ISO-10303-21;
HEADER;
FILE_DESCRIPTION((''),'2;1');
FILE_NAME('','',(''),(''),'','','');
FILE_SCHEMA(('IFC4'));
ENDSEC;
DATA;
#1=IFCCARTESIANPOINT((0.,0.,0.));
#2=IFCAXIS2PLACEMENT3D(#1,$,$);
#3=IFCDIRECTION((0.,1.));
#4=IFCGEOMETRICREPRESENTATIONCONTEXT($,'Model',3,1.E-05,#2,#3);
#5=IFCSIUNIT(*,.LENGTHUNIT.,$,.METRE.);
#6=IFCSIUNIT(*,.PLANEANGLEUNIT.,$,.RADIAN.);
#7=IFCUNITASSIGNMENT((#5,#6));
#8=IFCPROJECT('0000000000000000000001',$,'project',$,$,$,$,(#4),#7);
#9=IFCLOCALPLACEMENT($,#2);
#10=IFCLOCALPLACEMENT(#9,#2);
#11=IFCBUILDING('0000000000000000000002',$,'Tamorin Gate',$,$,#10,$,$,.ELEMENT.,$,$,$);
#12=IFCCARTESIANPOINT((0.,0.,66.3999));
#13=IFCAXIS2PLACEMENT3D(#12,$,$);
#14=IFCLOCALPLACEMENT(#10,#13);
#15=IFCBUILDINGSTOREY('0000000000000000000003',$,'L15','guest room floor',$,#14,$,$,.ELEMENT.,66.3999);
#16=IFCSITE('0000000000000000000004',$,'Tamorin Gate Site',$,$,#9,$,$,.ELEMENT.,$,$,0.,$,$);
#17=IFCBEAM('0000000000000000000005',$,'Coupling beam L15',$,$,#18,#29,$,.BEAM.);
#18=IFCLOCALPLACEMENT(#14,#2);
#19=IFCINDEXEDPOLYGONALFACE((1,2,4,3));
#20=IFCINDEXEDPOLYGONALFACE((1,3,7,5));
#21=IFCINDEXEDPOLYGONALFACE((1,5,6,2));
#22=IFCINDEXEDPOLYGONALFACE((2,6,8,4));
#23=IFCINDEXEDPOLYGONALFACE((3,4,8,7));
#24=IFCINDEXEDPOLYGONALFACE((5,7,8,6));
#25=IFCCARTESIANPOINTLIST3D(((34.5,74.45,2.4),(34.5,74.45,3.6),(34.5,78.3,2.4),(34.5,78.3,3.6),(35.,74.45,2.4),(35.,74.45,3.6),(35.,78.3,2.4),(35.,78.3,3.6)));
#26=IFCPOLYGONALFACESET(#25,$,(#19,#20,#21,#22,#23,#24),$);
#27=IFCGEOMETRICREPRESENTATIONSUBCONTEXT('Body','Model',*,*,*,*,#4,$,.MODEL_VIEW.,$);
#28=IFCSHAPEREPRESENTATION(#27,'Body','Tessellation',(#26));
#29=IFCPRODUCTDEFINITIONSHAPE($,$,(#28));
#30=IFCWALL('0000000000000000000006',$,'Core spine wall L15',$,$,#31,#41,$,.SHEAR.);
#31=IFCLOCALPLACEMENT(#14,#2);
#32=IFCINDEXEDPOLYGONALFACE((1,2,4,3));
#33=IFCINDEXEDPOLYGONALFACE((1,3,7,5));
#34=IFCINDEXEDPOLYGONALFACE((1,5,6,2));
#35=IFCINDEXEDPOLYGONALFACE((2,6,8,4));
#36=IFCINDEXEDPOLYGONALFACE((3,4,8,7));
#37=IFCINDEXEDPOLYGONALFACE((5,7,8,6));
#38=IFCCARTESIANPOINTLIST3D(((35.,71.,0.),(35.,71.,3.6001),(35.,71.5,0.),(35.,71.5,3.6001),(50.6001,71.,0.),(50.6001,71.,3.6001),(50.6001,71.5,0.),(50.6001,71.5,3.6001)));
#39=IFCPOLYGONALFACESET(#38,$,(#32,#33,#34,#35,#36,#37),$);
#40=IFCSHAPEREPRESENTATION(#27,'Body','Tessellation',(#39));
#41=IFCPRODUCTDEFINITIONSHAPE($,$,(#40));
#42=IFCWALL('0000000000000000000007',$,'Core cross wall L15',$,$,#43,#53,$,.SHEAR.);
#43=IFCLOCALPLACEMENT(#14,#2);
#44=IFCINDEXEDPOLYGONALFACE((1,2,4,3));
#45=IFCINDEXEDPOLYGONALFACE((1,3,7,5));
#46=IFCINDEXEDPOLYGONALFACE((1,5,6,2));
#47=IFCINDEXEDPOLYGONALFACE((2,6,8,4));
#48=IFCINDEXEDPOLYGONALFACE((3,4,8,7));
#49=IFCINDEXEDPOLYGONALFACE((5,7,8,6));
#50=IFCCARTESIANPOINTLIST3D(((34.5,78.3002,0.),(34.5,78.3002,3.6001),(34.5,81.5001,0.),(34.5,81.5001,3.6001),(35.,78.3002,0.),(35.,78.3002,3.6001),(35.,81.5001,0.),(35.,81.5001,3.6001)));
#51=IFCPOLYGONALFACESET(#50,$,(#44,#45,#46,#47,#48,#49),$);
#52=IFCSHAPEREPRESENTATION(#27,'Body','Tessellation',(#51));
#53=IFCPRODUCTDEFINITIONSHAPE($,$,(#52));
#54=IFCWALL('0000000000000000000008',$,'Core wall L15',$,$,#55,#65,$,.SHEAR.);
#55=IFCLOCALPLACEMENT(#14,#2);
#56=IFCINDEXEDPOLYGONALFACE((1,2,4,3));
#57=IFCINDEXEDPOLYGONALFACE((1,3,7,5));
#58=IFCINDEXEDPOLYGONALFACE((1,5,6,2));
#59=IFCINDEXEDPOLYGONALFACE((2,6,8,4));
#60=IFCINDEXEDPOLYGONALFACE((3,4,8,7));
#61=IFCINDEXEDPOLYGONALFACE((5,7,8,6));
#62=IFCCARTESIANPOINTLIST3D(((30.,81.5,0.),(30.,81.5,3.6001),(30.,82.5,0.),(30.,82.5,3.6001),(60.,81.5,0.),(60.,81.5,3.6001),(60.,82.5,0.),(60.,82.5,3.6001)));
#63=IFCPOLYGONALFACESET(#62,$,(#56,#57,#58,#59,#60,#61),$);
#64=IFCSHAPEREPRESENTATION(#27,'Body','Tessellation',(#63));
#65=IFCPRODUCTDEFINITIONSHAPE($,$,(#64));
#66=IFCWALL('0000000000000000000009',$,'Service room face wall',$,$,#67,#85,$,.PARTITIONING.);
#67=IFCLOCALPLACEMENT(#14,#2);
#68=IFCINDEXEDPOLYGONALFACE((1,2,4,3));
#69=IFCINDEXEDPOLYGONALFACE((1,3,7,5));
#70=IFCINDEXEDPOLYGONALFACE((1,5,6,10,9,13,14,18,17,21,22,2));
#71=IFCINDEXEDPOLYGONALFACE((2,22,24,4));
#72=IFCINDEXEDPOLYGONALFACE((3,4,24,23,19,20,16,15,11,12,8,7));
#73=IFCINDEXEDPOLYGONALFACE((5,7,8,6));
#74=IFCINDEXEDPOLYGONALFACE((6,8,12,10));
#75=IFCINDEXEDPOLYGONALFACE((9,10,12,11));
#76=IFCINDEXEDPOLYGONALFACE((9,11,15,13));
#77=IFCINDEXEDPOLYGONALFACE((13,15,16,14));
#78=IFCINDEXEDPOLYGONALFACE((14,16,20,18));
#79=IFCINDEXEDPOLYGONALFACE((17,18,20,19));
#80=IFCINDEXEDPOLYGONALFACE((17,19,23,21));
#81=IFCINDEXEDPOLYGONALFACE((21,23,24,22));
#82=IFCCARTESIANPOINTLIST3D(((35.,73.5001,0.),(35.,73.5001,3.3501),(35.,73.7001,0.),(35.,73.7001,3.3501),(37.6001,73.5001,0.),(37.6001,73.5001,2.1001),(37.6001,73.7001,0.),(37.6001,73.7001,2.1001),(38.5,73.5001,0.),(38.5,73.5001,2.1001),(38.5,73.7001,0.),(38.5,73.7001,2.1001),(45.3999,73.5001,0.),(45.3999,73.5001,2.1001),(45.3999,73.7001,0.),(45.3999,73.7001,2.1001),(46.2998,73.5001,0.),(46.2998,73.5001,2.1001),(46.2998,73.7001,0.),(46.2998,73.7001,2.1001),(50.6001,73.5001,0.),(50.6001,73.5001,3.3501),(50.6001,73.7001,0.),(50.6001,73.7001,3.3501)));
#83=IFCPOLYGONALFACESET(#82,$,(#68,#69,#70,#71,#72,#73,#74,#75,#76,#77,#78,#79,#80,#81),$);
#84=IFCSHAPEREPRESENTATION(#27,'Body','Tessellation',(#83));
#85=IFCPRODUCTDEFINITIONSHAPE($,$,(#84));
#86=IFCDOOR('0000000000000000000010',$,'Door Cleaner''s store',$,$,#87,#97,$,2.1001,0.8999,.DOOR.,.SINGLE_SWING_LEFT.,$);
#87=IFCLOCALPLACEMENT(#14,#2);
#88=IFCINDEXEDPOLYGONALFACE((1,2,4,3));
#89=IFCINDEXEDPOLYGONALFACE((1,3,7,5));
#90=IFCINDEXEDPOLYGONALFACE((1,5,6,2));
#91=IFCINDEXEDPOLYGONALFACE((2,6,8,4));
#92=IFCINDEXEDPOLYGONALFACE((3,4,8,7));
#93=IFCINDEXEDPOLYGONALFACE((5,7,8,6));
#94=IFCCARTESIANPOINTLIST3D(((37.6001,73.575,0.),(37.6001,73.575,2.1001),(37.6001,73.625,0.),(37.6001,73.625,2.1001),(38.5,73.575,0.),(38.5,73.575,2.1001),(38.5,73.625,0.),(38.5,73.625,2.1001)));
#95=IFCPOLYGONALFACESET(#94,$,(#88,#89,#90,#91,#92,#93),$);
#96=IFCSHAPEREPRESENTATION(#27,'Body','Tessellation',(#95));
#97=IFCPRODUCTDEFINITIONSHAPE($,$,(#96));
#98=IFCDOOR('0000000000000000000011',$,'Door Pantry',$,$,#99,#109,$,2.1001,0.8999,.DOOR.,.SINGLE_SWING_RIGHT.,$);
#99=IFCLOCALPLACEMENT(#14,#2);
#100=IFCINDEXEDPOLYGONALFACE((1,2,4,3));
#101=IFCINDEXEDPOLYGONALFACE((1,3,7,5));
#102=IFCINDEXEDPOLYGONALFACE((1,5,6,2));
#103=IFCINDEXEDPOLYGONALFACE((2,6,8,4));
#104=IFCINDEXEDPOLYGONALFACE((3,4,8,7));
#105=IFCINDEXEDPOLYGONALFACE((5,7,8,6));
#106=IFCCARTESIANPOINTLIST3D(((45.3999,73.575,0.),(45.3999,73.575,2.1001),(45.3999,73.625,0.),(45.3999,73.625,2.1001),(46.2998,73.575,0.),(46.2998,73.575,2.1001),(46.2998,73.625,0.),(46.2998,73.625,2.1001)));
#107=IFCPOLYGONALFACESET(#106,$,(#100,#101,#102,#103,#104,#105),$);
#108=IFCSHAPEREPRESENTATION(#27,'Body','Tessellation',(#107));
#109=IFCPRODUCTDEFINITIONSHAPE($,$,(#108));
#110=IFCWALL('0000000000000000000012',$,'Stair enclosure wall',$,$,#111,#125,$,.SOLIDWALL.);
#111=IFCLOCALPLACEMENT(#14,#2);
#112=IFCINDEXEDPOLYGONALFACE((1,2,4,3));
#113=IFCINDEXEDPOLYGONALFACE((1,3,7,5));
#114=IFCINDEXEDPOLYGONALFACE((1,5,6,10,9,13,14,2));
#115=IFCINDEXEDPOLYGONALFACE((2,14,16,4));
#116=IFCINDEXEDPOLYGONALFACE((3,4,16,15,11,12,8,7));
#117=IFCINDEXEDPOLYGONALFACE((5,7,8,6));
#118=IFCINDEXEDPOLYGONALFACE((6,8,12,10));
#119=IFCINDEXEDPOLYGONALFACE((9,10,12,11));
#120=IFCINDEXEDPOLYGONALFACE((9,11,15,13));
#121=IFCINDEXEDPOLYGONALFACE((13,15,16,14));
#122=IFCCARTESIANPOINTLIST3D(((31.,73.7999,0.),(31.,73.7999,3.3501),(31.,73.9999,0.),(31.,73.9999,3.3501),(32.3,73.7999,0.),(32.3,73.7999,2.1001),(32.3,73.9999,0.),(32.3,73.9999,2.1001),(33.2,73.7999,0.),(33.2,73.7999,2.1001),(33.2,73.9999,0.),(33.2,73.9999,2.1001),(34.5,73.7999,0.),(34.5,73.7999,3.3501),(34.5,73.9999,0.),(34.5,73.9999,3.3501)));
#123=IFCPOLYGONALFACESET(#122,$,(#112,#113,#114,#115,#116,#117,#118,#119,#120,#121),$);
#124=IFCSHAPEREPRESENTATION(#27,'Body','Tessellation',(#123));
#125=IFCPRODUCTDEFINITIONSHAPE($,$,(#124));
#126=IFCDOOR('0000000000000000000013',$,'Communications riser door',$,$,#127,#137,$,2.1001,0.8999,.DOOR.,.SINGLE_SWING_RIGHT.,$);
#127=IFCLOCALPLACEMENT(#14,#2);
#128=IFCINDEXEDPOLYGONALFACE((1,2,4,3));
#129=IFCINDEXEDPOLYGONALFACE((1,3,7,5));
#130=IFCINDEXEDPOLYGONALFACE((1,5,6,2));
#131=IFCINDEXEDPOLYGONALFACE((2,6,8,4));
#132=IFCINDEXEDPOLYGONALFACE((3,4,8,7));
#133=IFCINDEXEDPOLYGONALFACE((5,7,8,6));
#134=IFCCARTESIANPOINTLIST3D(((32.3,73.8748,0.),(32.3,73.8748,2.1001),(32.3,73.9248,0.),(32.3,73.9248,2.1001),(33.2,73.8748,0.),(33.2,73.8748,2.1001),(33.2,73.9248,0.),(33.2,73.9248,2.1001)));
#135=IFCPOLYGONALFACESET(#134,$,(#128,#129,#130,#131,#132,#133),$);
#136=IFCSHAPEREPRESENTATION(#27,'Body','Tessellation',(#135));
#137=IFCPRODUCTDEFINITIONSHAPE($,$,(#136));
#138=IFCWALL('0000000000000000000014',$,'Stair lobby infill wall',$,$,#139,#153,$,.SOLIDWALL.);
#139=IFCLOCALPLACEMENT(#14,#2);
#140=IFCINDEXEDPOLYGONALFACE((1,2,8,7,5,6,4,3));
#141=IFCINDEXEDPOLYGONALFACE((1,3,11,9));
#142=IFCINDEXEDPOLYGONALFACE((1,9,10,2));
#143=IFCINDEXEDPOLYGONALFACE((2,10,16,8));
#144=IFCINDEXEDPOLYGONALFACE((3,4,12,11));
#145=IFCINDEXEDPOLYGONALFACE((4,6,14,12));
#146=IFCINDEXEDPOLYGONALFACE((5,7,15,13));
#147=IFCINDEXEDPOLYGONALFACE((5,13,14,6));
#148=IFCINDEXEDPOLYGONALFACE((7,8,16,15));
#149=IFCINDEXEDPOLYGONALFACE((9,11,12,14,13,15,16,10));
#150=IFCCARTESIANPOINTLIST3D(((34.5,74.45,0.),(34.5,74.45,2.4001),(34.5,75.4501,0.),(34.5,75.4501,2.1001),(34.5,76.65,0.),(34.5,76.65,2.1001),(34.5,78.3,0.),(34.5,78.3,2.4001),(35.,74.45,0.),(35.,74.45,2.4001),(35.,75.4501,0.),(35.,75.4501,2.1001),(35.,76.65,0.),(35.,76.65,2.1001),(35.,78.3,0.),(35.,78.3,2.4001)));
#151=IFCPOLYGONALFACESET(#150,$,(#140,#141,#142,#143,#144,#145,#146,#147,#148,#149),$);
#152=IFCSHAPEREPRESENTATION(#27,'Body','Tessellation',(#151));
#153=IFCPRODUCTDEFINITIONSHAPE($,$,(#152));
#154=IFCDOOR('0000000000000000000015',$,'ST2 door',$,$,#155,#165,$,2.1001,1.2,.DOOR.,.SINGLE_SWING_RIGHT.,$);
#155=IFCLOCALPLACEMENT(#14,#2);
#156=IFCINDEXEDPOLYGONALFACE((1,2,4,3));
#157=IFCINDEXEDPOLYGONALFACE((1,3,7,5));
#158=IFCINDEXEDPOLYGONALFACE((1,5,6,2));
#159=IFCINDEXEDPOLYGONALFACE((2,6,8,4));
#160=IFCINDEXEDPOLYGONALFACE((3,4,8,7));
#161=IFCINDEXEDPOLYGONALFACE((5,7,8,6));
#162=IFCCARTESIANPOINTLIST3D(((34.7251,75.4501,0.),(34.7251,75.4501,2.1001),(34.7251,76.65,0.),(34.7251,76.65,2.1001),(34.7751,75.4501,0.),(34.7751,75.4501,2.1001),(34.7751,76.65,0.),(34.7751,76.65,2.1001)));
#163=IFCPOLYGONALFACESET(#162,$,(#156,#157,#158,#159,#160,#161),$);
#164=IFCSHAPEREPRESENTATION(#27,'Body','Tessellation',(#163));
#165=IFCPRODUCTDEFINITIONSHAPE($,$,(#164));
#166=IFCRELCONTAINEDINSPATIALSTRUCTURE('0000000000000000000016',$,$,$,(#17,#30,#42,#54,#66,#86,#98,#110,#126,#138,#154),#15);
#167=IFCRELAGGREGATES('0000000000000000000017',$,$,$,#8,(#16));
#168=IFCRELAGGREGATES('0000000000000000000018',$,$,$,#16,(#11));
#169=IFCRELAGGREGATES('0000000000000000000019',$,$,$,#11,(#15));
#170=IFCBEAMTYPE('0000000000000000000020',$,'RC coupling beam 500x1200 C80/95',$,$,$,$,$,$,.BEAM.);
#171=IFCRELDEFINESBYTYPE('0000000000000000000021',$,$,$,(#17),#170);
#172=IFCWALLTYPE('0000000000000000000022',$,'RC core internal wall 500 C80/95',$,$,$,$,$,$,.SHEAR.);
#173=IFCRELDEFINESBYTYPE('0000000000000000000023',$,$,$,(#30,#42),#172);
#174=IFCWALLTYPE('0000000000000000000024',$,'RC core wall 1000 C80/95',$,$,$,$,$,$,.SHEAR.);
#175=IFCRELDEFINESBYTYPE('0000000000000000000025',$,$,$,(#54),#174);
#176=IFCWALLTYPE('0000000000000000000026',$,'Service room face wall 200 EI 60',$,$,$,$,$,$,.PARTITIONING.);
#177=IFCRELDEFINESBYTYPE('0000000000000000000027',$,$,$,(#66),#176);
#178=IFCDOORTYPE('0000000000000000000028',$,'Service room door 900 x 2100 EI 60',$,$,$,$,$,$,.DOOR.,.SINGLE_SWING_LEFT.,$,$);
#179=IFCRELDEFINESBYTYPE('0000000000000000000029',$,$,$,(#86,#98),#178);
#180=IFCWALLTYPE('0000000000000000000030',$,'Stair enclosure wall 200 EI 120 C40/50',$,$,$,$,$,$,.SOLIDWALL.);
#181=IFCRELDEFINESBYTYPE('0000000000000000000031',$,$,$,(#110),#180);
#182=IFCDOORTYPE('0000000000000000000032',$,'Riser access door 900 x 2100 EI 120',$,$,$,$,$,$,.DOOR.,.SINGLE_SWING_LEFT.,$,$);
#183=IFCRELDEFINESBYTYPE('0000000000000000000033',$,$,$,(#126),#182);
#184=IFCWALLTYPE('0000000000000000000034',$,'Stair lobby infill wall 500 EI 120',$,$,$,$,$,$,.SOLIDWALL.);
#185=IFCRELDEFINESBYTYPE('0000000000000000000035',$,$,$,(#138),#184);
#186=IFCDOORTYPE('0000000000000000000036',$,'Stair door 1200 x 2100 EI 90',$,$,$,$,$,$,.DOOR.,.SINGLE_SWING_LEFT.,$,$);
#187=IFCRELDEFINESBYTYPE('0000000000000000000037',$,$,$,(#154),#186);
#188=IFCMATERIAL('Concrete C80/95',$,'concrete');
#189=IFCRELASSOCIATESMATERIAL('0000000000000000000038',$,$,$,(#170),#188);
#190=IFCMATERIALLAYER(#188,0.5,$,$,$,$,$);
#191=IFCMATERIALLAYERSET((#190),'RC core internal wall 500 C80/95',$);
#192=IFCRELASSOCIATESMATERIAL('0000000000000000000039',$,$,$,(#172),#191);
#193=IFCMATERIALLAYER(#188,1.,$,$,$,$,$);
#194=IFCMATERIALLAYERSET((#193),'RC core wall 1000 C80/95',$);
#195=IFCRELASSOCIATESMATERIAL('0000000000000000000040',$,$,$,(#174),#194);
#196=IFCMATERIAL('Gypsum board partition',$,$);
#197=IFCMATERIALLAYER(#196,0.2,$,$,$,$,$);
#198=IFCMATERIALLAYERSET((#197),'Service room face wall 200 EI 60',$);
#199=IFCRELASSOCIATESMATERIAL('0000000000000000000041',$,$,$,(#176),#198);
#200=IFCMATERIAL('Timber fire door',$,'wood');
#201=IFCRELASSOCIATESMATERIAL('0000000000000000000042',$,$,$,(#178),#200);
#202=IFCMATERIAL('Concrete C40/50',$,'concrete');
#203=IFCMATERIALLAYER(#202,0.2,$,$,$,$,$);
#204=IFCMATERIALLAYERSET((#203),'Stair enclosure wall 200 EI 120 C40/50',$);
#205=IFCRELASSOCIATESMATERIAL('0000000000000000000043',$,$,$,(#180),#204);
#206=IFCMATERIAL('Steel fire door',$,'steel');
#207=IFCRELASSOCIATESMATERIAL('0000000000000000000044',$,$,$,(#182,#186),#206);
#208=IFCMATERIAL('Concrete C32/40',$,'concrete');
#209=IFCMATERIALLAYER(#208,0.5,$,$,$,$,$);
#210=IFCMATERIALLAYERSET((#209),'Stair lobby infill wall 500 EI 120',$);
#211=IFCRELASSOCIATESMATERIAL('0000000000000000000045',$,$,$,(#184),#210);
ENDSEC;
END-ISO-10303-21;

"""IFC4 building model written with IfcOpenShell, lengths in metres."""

from ifc_helpers import new_model, si_unit, direction, frame, frame_2d, origin, origin_2d, place, context, subcontext, project, spatial, rectangle, extrude, material, layer, layer_set, material_profile, profile_set, type_object, element, fill, save


model = new_model("IFC4")

# Units and contexts
model_context = context("Model", 3, precision=1e-05, world=origin(), true_north=direction((0.0, 1.0)))
body_context = subcontext(model_context, "Body", "Model", "MODEL_VIEW")
ifc_project = project(units=[si_unit("LENGTHUNIT", "METRE"), si_unit("PLANEANGLEUNIT", "RADIAN")], contexts=[model_context])

# Site, building, storey
site_placement = place(None, origin())
site = spatial("IfcSite", under=ifc_project, at=site_placement, Name="Tamorin Gate Site", CompositionType="ELEMENT", RefElevation=0.0)
building_placement = place(site_placement, origin())
building = spatial("IfcBuilding", under=site, at=building_placement, Name="Tamorin Gate", CompositionType="ELEMENT")
storey_placement = place(building_placement, frame((0.0, 0.0, 66.3999)))
storey = spatial("IfcBuildingStorey", under=building, at=storey_placement, Name="L15", Description="guest room floor", CompositionType="ELEMENT", Elevation=66.3999)

# Beam
ifc_material_1 = material(Name="Concrete C80/95", Category="concrete")
ifc_material_profile = material_profile(ifc_material_1, rectangle(XDim=0.5, YDim=1.2, at=origin_2d()), Name="RC 500x1200")
ifc_profile_set = profile_set([ifc_material_profile], Name="Concrete C80/95")
beam_type = type_object("IfcBeamType", Name="RC coupling beam 500x1200 C80/95", PredefinedType="BEAM", material=ifc_profile_set)
beam_placement = place(storey_placement, frame((34.75, 74.45, 3.0), z_axis=(0.0, 1.0, 0.0), x_axis=(-1.0, 0.0, 0.0)))
element("IfcBeam", 1, at=beam_placement, inside=storey, type_object=beam_type, Name="Coupling beam L15", PredefinedType="BEAM", context=body_context, shape_type="SweptSolid", body=[
    extrude(rectangle(XDim=0.5, YDim=1.2, at=origin_2d()), origin(), (0.0, 0.0, 1.0), 3.8501),
])

# Walls
ifc_layer_1 = layer(ifc_material_1, 0.5)
ifc_layer_set_1 = layer_set([ifc_layer_1], Name="RC core internal wall 500 C80/95")
wall_type_1 = type_object("IfcWallType", Name="RC core internal wall 500 C80/95", PredefinedType="SHEAR", material=ifc_layer_set_1)
wall_1_placement = place(storey_placement, frame((35.0, 71.25, 0.0), z_axis=(0.0, 0.0, 1.0), x_axis=(1.0, 0.0, 0.0)))
element("IfcWall", 2, at=wall_1_placement, inside=storey, type_object=wall_type_1, Name="Core spine wall L15", PredefinedType="SHEAR", context=body_context, shape_type="SweptSolid", body=[
    extrude(rectangle(XDim=15.6001, YDim=0.5, at=frame_2d((7.8, 0.0))), origin(), (0.0, 0.0, 1.0), 3.6001),
])
wall_2_placement = place(storey_placement, frame((34.75, 78.3, 0.0), z_axis=(0.0, 0.0, 1.0), x_axis=(0.0, 1.0, 0.0)))
element("IfcWall", 3, at=wall_2_placement, inside=storey, type_object=wall_type_1, Name="Core cross wall L15", PredefinedType="SHEAR", context=body_context, shape_type="SweptSolid", body=[
    extrude(rectangle(XDim=3.2, YDim=0.5, at=frame_2d((1.6001, 0.0))), origin(), (0.0, 0.0, 1.0), 3.6001),
])
ifc_layer_2 = layer(ifc_material_1, 1.0)
ifc_layer_set_2 = layer_set([ifc_layer_2], Name="RC core wall 1000 C80/95")
wall_type_2 = type_object("IfcWallType", Name="RC core wall 1000 C80/95", PredefinedType="SHEAR", material=ifc_layer_set_2)
wall_3_placement = place(storey_placement, frame((30.0, 82.0, 0.0), z_axis=(0.0, 0.0, 1.0), x_axis=(1.0, 0.0, 0.0)))
element("IfcWall", 4, at=wall_3_placement, inside=storey, type_object=wall_type_2, Name="Core wall L15", PredefinedType="SHEAR", context=body_context, shape_type="SweptSolid", body=[
    extrude(rectangle(XDim=30.0, YDim=1.0, at=frame_2d((15.0, 0.0))), origin(), (0.0, 0.0, 1.0), 3.6001),
])

# Wall, openings, doors
ifc_material_2 = material(Name="Gypsum board partition")
ifc_layer_3 = layer(ifc_material_2, 0.2)
ifc_layer_set_3 = layer_set([ifc_layer_3], Name="Service room face wall 200 EI 60")
wall_type_3 = type_object("IfcWallType", Name="Service room face wall 200 EI 60", PredefinedType="PARTITIONING", material=ifc_layer_set_3)
wall_4_placement = place(storey_placement, frame((35.0, 73.6001, 0.0), z_axis=(0.0, 0.0, 1.0), x_axis=(1.0, 0.0, 0.0)))
wall_4 = element("IfcWall", 5, at=wall_4_placement, inside=storey, type_object=wall_type_3, Name="Service room face wall", PredefinedType="PARTITIONING", context=body_context, shape_type="SweptSolid", body=[
    extrude(rectangle(XDim=15.6001, YDim=0.2, at=frame_2d((7.8, 0.0))), origin(), (0.0, 0.0, 1.0), 3.3501),
])
opening_1_placement = place(wall_4_placement, frame((2.6001, 0.0, 0.0)))
opening_1 = element("IfcOpeningElement", 6, at=opening_1_placement, cuts=wall_4, PredefinedType="OPENING", context=body_context, shape_type="SweptSolid", body=[
    extrude(rectangle(XDim=0.8999, YDim=2.1001, at=frame_2d((0.45, 1.05))), frame((0.0, 0.1099, 0.0), z_axis=(0.0, -1.0, 0.0), x_axis=(1.0, 0.0, 0.0)), (0.0, 0.0, 1.0), 0.22),
])
opening_2_placement = place(wall_4_placement, frame((10.3999, 0.0, 0.0)))
opening_2 = element("IfcOpeningElement", 7, at=opening_2_placement, cuts=wall_4, PredefinedType="OPENING", context=body_context, shape_type="SweptSolid", body=[
    extrude(rectangle(XDim=0.8999, YDim=2.1001, at=frame_2d((0.45, 1.05))), frame((0.0, 0.1099, 0.0), z_axis=(0.0, -1.0, 0.0), x_axis=(1.0, 0.0, 0.0)), (0.0, 0.0, 1.0), 0.22),
])
ifc_material_3 = material(Name="Timber fire door", Category="wood")
door_type_1 = type_object("IfcDoorType", Name="Service room door 900 x 2100 EI 60", OperationType="SINGLE_SWING_LEFT", PredefinedType="DOOR", material=ifc_material_3)
door_1_placement = place(opening_1_placement, origin())
door_1 = element("IfcDoor", 8, at=door_1_placement, inside=storey, type_object=door_type_1, Name="Door Cleaner's store", OperationType="SINGLE_SWING_LEFT", OverallHeight=2.1001, OverallWidth=0.8999, PredefinedType="DOOR", context=body_context, shape_type="SweptSolid", body=[
    extrude(rectangle(XDim=0.8999, YDim=2.1001, at=frame_2d((0.45, 1.05))), frame((0.0, 0.0249, 0.0), z_axis=(0.0, -1.0, 0.0), x_axis=(1.0, 0.0, 0.0)), (0.0, 0.0, 1.0), 0.05),
])
fill(opening_1, door_1)
door_2_placement = place(opening_2_placement, origin())
door_2 = element("IfcDoor", 9, at=door_2_placement, inside=storey, type_object=door_type_1, Name="Door Pantry", OperationType="SINGLE_SWING_RIGHT", OverallHeight=2.1001, OverallWidth=0.8999, PredefinedType="DOOR", context=body_context, shape_type="SweptSolid", body=[
    extrude(rectangle(XDim=0.8999, YDim=2.1001, at=frame_2d((0.45, 1.05))), frame((0.0, 0.0249, 0.0), z_axis=(0.0, -1.0, 0.0), x_axis=(1.0, 0.0, 0.0)), (0.0, 0.0, 1.0), 0.05),
])
fill(opening_2, door_2)

# Walls, openings, doors
ifc_material_4 = material(Name="Concrete C40/50", Category="concrete")
ifc_layer_4 = layer(ifc_material_4, 0.2)
ifc_layer_set_4 = layer_set([ifc_layer_4], Name="Stair enclosure wall 200 EI 120 C40/50")
wall_type_4 = type_object("IfcWallType", Name="Stair enclosure wall 200 EI 120 C40/50", PredefinedType="SOLIDWALL", material=ifc_layer_set_4)
wall_5_placement = place(storey_placement, frame((31.0, 73.8999, 0.0), z_axis=(0.0, 0.0, 1.0), x_axis=(1.0, 0.0, 0.0)))
wall_5 = element("IfcWall", 10, at=wall_5_placement, inside=storey, type_object=wall_type_4, Name="Stair enclosure wall", PredefinedType="SOLIDWALL", context=body_context, shape_type="SweptSolid", body=[
    extrude(rectangle(XDim=3.5, YDim=0.2, at=frame_2d((1.75, 0.0))), origin(), (0.0, 0.0, 1.0), 3.3501),
])
opening_3_placement = place(wall_5_placement, frame((1.3, 0.0, 0.0)))
opening_3 = element("IfcOpeningElement", 11, at=opening_3_placement, cuts=wall_5, PredefinedType="OPENING", context=body_context, shape_type="SweptSolid", body=[
    extrude(rectangle(XDim=0.8999, YDim=2.1001, at=frame_2d((0.45, 1.05))), frame((0.0, 0.1099, 0.0), z_axis=(0.0, -1.0, 0.0), x_axis=(1.0, 0.0, 0.0)), (0.0, 0.0, 1.0), 0.22),
])
ifc_material_5 = material(Name="Steel fire door", Category="steel")
door_type_2 = type_object("IfcDoorType", Name="Riser access door 900 x 2100 EI 120", OperationType="SINGLE_SWING_LEFT", PredefinedType="DOOR", material=ifc_material_5)
door_3_placement = place(opening_3_placement, origin())
door_3 = element("IfcDoor", 12, at=door_3_placement, inside=storey, type_object=door_type_2, Name="Communications riser door", OperationType="SINGLE_SWING_RIGHT", OverallHeight=2.1001, OverallWidth=0.8999, PredefinedType="DOOR", context=body_context, shape_type="SweptSolid", body=[
    extrude(rectangle(XDim=0.8999, YDim=2.1001, at=frame_2d((0.45, 1.05))), frame((0.0, 0.0249, 0.0), z_axis=(0.0, -1.0, 0.0), x_axis=(1.0, 0.0, 0.0)), (0.0, 0.0, 1.0), 0.05),
])
fill(opening_3, door_3)
ifc_material_6 = material(Name="Concrete C32/40", Category="concrete")
ifc_layer_5 = layer(ifc_material_6, 0.5)
ifc_layer_set_5 = layer_set([ifc_layer_5], Name="Stair lobby infill wall 500 EI 120")
wall_type_5 = type_object("IfcWallType", Name="Stair lobby infill wall 500 EI 120", PredefinedType="SOLIDWALL", material=ifc_layer_set_5)
wall_6_placement = place(storey_placement, frame((34.75, 74.45, 0.0), z_axis=(0.0, 0.0, 1.0), x_axis=(0.0, 1.0, 0.0)))
wall_6 = element("IfcWall", 13, at=wall_6_placement, inside=storey, type_object=wall_type_5, Name="Stair lobby infill wall", PredefinedType="SOLIDWALL", context=body_context, shape_type="SweptSolid", body=[
    extrude(rectangle(XDim=3.8501, YDim=0.5, at=frame_2d((1.925, 0.0))), origin(), (0.0, 0.0, 1.0), 2.4001),
])
opening_4_placement = place(wall_6_placement, frame((1.0, 0.0, 0.0)))
opening_4 = element("IfcOpeningElement", 14, at=opening_4_placement, cuts=wall_6, PredefinedType="OPENING", context=body_context, shape_type="SweptSolid", body=[
    extrude(rectangle(XDim=1.2, YDim=2.1001, at=frame_2d((0.6001, 1.05))), frame((0.0, 0.26, 0.0), z_axis=(0.0, -1.0, 0.0), x_axis=(1.0, 0.0, 0.0)), (0.0, 0.0, 1.0), 0.52),
])
door_type_3 = type_object("IfcDoorType", Name="Stair door 1200 x 2100 EI 90", OperationType="SINGLE_SWING_LEFT", PredefinedType="DOOR", material=ifc_material_5)
door_4_placement = place(opening_4_placement, origin())
door_4 = element("IfcDoor", 15, at=door_4_placement, inside=storey, type_object=door_type_3, Name="ST2 door", OperationType="SINGLE_SWING_RIGHT", OverallHeight=2.1001, OverallWidth=1.2, PredefinedType="DOOR", context=body_context, shape_type="SweptSolid", body=[
    extrude(rectangle(XDim=1.2, YDim=2.1001, at=frame_2d((0.6001, 1.05))), frame((0.0, 0.0249, 0.0), z_axis=(0.0, -1.0, 0.0), x_axis=(1.0, 0.0, 0.0)), (0.0, 0.0, 1.0), 0.05),
])
fill(opening_4, door_4)

save(model, "model.ifc")
